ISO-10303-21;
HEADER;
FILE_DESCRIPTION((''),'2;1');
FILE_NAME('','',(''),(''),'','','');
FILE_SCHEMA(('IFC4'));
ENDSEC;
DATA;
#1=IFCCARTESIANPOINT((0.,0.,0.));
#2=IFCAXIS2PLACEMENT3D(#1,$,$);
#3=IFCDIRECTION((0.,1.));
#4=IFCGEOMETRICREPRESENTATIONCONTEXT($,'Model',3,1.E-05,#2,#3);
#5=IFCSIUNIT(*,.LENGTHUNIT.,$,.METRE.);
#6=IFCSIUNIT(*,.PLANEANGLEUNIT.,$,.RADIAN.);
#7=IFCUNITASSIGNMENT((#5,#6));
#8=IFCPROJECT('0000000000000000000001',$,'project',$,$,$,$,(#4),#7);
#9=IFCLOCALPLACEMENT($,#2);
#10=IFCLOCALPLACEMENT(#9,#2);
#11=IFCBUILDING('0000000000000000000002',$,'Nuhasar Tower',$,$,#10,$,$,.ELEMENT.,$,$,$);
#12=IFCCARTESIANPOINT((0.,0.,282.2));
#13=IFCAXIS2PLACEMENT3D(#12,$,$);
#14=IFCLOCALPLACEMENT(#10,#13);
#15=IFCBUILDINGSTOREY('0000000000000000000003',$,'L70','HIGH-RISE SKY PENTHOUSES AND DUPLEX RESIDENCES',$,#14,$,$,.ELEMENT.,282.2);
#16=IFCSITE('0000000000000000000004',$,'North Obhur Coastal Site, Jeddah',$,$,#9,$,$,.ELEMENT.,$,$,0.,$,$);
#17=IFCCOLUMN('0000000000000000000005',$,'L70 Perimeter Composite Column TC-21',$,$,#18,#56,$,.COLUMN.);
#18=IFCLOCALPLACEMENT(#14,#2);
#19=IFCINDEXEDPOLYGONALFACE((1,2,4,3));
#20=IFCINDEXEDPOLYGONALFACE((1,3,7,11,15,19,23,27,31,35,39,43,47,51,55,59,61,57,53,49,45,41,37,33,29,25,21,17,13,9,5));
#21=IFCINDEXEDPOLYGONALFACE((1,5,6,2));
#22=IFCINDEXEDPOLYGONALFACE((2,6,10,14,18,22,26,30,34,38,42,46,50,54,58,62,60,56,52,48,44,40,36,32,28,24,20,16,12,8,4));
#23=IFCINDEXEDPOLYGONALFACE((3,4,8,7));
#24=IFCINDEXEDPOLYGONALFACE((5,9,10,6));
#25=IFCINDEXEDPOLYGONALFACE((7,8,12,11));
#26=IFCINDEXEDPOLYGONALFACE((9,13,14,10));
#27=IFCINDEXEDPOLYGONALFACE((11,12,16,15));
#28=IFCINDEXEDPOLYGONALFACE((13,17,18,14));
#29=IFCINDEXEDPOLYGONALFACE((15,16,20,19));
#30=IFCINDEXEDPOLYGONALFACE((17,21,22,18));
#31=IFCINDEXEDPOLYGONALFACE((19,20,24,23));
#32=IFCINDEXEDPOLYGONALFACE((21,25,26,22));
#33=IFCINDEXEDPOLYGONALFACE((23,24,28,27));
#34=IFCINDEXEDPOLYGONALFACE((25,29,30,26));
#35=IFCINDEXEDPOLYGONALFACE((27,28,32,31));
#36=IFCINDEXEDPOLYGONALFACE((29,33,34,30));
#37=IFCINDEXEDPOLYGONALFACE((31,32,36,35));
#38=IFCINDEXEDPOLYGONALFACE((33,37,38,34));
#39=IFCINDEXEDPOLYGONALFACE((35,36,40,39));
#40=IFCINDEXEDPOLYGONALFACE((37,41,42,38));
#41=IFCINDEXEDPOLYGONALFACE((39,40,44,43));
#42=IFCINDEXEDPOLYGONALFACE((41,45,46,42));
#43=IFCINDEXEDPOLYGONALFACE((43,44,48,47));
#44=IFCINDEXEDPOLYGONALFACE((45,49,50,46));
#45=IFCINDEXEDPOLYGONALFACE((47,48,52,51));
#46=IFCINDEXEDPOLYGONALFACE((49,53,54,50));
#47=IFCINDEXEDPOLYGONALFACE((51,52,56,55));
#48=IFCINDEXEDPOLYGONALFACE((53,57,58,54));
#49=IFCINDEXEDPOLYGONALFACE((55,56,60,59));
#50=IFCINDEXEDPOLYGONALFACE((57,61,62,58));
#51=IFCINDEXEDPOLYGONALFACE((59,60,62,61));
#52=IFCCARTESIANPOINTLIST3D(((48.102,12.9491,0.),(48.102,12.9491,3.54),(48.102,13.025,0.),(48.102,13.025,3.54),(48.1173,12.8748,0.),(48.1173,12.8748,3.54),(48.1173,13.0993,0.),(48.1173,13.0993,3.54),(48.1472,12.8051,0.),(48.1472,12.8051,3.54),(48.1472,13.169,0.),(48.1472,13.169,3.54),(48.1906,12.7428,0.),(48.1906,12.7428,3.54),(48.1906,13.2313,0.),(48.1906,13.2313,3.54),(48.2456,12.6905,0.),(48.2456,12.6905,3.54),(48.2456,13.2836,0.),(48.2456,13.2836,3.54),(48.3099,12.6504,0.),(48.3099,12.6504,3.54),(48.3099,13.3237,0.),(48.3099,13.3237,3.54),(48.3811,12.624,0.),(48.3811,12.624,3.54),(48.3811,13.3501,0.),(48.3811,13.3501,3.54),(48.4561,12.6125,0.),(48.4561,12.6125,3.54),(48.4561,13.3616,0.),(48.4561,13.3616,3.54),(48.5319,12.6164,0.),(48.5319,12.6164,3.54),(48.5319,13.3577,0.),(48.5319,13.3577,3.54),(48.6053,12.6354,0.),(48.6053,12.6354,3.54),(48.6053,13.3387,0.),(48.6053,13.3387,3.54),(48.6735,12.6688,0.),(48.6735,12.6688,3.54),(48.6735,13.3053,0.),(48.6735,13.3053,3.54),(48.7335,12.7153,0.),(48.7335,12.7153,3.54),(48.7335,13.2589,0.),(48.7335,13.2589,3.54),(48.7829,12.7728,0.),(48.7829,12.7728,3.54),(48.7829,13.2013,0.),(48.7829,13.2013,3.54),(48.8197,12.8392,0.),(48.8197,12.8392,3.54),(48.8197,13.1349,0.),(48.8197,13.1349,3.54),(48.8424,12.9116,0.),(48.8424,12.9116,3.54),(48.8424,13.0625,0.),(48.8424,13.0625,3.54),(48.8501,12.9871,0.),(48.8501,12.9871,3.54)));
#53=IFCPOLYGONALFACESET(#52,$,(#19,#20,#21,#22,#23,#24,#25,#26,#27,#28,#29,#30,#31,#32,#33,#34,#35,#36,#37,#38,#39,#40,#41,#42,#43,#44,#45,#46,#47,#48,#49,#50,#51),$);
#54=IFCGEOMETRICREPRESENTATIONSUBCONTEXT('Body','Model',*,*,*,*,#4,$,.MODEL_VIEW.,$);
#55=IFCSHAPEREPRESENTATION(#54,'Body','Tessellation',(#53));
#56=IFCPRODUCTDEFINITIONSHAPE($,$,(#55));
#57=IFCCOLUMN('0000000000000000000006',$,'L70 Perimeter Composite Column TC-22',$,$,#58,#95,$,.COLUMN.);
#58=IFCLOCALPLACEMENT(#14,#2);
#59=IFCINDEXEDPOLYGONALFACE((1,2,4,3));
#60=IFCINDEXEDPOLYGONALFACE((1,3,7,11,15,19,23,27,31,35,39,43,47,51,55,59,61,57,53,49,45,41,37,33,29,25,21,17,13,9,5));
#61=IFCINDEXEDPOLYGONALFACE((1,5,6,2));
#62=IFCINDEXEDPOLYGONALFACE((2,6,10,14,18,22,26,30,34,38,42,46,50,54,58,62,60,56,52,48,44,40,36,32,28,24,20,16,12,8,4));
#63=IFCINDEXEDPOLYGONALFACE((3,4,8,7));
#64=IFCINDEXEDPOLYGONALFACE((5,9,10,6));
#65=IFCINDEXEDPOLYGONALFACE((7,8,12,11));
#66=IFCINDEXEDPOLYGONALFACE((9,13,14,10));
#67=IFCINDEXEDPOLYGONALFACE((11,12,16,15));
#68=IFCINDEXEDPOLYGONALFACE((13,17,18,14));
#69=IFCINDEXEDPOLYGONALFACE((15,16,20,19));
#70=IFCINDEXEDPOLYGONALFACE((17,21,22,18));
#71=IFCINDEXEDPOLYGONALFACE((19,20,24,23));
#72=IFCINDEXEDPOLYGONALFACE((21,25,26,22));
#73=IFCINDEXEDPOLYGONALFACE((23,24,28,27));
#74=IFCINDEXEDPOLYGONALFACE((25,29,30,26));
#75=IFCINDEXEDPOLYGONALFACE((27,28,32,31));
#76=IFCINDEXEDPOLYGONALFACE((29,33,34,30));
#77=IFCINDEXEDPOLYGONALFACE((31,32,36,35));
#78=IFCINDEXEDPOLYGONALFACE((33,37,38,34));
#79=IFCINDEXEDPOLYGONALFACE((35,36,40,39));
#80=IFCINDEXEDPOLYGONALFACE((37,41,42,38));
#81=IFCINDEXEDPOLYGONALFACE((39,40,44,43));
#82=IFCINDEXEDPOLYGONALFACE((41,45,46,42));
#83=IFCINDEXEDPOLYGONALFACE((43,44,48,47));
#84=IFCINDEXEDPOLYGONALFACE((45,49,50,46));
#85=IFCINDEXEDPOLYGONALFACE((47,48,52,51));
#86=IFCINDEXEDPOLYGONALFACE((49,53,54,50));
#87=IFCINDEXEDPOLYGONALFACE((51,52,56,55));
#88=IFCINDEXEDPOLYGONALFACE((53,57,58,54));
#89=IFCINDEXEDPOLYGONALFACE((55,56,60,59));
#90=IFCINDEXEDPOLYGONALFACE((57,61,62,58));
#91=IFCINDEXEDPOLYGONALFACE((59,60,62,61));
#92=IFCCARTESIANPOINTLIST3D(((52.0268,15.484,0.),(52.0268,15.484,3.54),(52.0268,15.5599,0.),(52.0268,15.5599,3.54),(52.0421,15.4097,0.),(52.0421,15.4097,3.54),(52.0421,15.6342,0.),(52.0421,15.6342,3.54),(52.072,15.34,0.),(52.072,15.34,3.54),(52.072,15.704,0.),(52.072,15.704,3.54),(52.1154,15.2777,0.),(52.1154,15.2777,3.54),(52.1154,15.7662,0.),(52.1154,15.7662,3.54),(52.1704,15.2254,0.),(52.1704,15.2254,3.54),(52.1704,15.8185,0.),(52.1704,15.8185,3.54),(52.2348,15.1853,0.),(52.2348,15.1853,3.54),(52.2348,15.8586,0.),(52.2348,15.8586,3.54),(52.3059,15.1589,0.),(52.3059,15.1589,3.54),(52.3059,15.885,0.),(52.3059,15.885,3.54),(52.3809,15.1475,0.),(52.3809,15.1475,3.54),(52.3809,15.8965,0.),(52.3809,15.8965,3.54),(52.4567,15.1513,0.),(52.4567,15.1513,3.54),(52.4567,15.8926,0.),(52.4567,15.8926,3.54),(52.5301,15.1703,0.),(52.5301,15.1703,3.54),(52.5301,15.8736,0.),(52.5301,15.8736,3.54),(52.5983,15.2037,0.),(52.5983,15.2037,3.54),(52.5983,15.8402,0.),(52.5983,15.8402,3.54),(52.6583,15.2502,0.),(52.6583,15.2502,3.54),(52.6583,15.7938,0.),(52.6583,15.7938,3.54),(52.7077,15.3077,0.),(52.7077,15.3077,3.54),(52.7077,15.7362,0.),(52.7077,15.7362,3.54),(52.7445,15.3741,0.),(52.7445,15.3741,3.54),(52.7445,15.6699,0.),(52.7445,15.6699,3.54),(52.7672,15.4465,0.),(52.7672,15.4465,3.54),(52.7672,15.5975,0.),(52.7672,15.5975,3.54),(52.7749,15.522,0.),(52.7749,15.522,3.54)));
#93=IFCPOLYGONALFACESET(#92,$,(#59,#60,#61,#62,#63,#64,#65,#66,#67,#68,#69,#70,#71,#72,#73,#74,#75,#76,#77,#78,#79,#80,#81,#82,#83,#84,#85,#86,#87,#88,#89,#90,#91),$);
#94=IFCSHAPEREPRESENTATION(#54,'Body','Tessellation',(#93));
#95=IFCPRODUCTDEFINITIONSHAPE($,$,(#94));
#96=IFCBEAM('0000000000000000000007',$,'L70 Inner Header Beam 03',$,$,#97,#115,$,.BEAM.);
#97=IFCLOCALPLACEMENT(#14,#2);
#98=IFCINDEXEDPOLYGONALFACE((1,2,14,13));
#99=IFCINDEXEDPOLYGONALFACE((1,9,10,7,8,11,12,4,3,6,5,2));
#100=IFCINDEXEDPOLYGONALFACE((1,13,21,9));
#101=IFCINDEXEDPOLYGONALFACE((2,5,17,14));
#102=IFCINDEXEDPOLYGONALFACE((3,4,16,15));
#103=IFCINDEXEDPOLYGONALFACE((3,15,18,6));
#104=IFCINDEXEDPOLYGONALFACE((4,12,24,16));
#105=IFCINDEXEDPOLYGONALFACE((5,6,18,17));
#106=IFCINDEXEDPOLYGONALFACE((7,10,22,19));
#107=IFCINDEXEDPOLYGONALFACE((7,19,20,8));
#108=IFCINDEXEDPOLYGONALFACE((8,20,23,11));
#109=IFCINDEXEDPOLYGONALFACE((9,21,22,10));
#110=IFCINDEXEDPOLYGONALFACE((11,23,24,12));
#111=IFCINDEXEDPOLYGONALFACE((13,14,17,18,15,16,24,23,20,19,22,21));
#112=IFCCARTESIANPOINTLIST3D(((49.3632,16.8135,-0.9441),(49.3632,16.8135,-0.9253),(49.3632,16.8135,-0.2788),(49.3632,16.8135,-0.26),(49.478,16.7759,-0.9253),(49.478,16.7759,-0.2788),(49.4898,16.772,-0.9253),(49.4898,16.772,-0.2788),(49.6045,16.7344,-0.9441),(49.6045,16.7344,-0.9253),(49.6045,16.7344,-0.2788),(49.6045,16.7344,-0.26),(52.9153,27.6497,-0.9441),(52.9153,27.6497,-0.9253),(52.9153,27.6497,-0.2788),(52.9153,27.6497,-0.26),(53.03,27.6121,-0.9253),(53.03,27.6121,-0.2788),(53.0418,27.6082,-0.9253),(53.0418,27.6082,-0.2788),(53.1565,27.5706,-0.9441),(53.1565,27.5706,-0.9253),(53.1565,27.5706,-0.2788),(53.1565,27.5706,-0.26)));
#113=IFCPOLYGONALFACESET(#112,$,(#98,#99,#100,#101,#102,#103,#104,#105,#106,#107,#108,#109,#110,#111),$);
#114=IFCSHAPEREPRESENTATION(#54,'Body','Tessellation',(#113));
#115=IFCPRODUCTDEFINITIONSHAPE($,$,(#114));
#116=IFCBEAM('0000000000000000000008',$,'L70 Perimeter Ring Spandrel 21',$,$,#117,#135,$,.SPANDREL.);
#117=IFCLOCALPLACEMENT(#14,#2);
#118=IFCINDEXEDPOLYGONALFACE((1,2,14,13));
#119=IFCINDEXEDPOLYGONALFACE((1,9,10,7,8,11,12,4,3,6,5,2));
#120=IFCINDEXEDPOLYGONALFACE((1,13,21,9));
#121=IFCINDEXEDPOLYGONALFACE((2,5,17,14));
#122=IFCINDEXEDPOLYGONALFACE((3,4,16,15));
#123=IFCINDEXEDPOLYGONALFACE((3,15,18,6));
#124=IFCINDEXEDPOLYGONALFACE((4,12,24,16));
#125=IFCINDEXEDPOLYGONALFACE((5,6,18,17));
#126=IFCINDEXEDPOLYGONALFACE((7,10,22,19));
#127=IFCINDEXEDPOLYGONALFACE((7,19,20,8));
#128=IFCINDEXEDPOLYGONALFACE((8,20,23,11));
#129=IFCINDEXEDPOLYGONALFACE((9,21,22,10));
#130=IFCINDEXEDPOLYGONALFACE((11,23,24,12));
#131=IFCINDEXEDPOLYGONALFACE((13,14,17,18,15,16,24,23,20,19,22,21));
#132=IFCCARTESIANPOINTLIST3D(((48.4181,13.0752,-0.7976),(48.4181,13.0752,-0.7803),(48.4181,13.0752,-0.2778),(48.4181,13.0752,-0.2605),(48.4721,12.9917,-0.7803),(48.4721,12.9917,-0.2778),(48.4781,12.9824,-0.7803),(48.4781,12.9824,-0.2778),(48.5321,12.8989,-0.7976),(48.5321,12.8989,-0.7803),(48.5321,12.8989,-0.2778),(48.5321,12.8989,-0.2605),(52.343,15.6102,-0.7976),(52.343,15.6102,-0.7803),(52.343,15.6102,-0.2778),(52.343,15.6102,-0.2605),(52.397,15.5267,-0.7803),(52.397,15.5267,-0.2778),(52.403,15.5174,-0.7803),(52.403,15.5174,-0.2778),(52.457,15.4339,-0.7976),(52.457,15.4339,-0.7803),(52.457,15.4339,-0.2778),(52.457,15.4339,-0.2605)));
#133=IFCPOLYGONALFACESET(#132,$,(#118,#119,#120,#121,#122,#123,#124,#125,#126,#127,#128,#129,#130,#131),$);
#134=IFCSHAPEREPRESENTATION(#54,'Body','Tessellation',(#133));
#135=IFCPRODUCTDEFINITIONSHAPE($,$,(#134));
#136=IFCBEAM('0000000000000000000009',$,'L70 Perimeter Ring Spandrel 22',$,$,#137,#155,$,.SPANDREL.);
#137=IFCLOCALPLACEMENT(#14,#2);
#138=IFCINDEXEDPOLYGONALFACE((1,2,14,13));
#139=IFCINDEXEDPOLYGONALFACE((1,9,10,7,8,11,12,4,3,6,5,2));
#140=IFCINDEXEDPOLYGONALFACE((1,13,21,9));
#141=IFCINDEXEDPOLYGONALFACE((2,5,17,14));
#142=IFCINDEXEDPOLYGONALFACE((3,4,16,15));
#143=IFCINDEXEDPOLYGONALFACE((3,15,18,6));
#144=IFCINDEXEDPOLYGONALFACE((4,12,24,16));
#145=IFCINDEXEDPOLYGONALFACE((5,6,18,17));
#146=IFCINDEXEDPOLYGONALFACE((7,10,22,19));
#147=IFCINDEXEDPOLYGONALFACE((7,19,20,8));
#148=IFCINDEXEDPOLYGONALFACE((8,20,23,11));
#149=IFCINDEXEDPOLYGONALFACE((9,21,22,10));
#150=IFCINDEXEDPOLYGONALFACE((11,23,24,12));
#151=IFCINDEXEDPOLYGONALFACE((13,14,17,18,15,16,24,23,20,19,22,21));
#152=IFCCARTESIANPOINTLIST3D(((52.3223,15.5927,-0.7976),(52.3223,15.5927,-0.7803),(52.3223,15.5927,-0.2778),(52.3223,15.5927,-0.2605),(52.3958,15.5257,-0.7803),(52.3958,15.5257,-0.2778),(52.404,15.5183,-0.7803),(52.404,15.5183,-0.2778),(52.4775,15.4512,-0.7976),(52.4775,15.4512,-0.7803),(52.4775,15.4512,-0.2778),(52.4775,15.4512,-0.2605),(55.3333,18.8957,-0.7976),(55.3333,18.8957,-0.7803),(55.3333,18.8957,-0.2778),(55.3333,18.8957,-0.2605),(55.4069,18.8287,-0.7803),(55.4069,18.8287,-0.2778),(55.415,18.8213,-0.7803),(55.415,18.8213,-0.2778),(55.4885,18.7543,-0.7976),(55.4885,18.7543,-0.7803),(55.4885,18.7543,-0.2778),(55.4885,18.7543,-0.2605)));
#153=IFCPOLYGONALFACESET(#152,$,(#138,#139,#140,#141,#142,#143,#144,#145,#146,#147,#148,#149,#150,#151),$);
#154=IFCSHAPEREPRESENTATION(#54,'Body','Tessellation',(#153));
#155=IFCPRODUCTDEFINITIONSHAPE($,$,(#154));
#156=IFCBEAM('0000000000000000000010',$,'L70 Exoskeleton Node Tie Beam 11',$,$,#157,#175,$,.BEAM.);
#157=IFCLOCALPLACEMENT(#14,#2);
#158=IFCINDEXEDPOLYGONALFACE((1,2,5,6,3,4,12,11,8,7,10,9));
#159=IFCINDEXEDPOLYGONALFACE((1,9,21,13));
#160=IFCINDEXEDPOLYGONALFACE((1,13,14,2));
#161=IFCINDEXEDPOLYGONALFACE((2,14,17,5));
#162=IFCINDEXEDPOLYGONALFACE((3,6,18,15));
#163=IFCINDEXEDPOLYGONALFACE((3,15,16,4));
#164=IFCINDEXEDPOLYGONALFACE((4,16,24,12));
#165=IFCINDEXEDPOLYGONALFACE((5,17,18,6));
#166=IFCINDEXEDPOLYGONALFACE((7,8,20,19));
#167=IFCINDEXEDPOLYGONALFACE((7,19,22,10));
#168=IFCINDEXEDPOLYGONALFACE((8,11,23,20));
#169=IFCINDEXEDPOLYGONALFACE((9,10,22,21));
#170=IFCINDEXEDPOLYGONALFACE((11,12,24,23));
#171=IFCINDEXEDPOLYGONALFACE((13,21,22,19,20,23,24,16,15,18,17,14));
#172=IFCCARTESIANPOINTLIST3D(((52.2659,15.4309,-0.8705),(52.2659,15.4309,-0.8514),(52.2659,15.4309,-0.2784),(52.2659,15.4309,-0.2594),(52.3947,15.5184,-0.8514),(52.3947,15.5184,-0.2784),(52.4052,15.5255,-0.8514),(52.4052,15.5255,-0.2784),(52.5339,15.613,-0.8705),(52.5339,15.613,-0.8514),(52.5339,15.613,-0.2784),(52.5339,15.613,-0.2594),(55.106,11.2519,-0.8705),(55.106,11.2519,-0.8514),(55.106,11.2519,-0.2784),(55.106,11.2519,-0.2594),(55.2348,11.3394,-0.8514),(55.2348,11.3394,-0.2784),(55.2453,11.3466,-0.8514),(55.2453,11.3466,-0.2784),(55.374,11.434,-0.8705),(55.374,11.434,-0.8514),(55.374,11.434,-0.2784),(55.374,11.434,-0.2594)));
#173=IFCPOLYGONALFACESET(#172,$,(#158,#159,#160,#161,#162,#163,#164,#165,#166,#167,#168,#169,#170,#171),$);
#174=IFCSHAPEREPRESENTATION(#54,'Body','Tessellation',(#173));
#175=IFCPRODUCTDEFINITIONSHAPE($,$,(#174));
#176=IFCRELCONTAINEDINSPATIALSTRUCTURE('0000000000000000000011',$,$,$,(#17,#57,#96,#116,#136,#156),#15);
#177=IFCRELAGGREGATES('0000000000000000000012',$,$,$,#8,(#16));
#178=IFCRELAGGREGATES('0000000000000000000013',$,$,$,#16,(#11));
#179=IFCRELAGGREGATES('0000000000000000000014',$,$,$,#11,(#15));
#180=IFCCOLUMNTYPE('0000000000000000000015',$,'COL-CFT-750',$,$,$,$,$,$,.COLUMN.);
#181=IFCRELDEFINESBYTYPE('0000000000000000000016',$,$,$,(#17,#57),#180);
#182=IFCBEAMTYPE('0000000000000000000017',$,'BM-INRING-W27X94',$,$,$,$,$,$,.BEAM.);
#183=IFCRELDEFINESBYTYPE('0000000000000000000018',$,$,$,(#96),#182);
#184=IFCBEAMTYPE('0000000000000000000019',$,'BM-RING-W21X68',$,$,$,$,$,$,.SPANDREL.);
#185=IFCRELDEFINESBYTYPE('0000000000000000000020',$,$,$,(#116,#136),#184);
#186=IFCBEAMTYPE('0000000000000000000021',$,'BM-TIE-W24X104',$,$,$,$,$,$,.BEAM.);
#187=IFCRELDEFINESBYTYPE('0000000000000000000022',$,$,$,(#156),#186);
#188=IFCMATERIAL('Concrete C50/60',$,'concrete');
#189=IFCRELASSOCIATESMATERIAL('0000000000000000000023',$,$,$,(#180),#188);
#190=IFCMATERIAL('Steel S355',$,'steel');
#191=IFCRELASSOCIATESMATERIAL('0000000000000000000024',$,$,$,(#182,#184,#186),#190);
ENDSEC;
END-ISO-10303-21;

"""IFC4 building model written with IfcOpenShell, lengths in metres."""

from ifc_helpers import new_model, si_unit, direction, frame, origin, origin_2d, place, context, subcontext, project, spatial, circle, i_section, extrude, material, material_profile, profile_set, type_object, element, save


model = new_model("IFC4")

# Units and contexts
model_context = context("Model", 3, precision=1e-05, world=origin(), true_north=direction((0.0, 1.0)))
body_context = subcontext(model_context, "Body", "Model", "MODEL_VIEW")
ifc_project = project(units=[si_unit("LENGTHUNIT", "METRE"), si_unit("PLANEANGLEUNIT", "RADIAN")], contexts=[model_context])

# Site, building, storey
site_placement = place(None, origin())
site = spatial("IfcSite", under=ifc_project, at=site_placement, Name="North Obhur Coastal Site, Jeddah", CompositionType="ELEMENT", RefElevation=0.0)
building_placement = place(site_placement, origin())
building = spatial("IfcBuilding", under=site, at=building_placement, Name="Nuhasar Tower", CompositionType="ELEMENT")
storey_placement = place(building_placement, frame((0.0, 0.0, 282.2)))
storey = spatial("IfcBuildingStorey", under=building, at=storey_placement, Name="L70", Description="HIGH-RISE SKY PENTHOUSES AND DUPLEX RESIDENCES", CompositionType="ELEMENT", Elevation=282.2)

# Columns
ifc_material_1 = material(Name="Concrete C50/60", Category="concrete")
ifc_material_profile_1 = material_profile(ifc_material_1, circle(Radius=0.375, at=origin_2d()), Name="CFT750")
ifc_profile_set_1 = profile_set([ifc_material_profile_1], Name="Concrete C50/60")
column_type = type_object("IfcColumnType", Name="COL-CFT-750", PredefinedType="COLUMN", material=ifc_profile_set_1)
for number, where, z_axis, x_axis, name in (
    (1, (48.4751, 12.9871, 0.0), (0.0, 0.0, 1.0), (1.0, 0.0, 0.0), "L70 Perimeter Composite Column TC-21"),
    (2, (52.3999, 15.522, 0.0), (0.0, 0.0, 1.0), (1.0, 0.0, 0.0), "L70 Perimeter Composite Column TC-22"),
):
    element("IfcColumn", number, at=place(storey_placement, frame(where, z_axis=z_axis, x_axis=x_axis)), inside=storey, type_object=column_type, Name=name, PredefinedType="COLUMN", context=body_context, shape_type="SweptSolid", body=[
        extrude(circle(Radius=0.375, at=origin_2d()), origin(), (0.0, 0.0, 1.0), 3.54),
    ])

# Beams
ifc_material_2 = material(Name="Steel S355", Category="steel")
ifc_material_profile_2 = material_profile(ifc_material_2, i_section(OverallWidth=0.2539, OverallDepth=0.6841, WebThickness=0.0125, FlangeThickness=0.0188, at=origin_2d()), Name="W27X94")
ifc_profile_set_2 = profile_set([ifc_material_profile_2], Name="Steel S355")
beam_type_1 = type_object("IfcBeamType", Name="BM-INRING-W27X94", PredefinedType="BEAM", material=ifc_profile_set_2)
beam_1_placement = place(storey_placement, frame((49.4839, 16.7739, -0.6021), z_axis=(0.311484, 0.950251, 0.0), x_axis=(-0.950251, 0.311484, 0.0)))
element("IfcBeam", 3, at=beam_1_placement, inside=storey, type_object=beam_type_1, Name="L70 Inner Header Beam 03", PredefinedType="BEAM", context=body_context, shape_type="SweptSolid", body=[
    extrude(i_section(OverallWidth=0.2539, OverallDepth=0.6841, WebThickness=0.0125, FlangeThickness=0.0188, at=origin_2d()), origin(), (0.0, 0.0, 1.0), 11.4036),
])
ifc_material_profile_3 = material_profile(ifc_material_2, i_section(OverallWidth=0.21, OverallDepth=0.5371, WebThickness=0.011, FlangeThickness=0.0173, at=origin_2d()), Name="W21X68")
ifc_profile_set_3 = profile_set([ifc_material_profile_3], Name="Steel S355")
beam_type_2 = type_object("IfcBeamType", Name="BM-RING-W21X68", PredefinedType="SPANDREL", material=ifc_profile_set_3)
beam_2_placement = place(storey_placement, frame((48.4751, 12.9871, -0.5291), z_axis=(0.840025, 0.542547, 0.0), x_axis=(-0.542547, 0.840025, 0.0)))
element("IfcBeam", 4, at=beam_2_placement, inside=storey, type_object=beam_type_2, Name="L70 Perimeter Ring Spandrel 21", PredefinedType="SPANDREL", context=body_context, shape_type="SweptSolid", body=[
    extrude(i_section(OverallWidth=0.21, OverallDepth=0.5371, WebThickness=0.011, FlangeThickness=0.0173, at=origin_2d()), origin(), (0.0, 0.0, 1.0), 4.6724),
])
beam_3_placement = place(storey_placement, frame((52.3999, 15.522, -0.5291), z_axis=(0.673686, 0.739017, 0.0), x_axis=(-0.739017, 0.673686, 0.0)))
element("IfcBeam", 5, at=beam_3_placement, inside=storey, type_object=beam_type_2, Name="L70 Perimeter Ring Spandrel 22", PredefinedType="SPANDREL", context=body_context, shape_type="SweptSolid", body=[
    extrude(i_section(OverallWidth=0.21, OverallDepth=0.5371, WebThickness=0.011, FlangeThickness=0.0173, at=origin_2d()), origin(), (0.0, 0.0, 1.0), 4.4695),
])
ifc_material_profile_4 = material_profile(ifc_material_2, i_section(OverallWidth=0.324, OverallDepth=0.6111, WebThickness=0.0127, FlangeThickness=0.019, at=origin_2d()), Name="W24X104")
ifc_profile_set_4 = profile_set([ifc_material_profile_4], Name="Steel S355")
beam_type_3 = type_object("IfcBeamType", Name="BM-TIE-W24X104", PredefinedType="BEAM", material=ifc_profile_set_4)
beam_4_placement = place(storey_placement, frame((52.3999, 15.522, -0.5649), z_axis=(0.562093, -0.827074, 0.0), x_axis=(0.827074, 0.562093, 0.0)))
element("IfcBeam", 6, at=beam_4_placement, inside=storey, type_object=beam_type_3, Name="L70 Exoskeleton Node Tie Beam 11", PredefinedType="BEAM", context=body_context, shape_type="SweptSolid", body=[
    extrude(i_section(OverallWidth=0.324, OverallDepth=0.6111, WebThickness=0.0127, FlangeThickness=0.019, at=origin_2d()), origin(), (0.0, 0.0, 1.0), 5.0527),
])

save(model, "model.ifc")
